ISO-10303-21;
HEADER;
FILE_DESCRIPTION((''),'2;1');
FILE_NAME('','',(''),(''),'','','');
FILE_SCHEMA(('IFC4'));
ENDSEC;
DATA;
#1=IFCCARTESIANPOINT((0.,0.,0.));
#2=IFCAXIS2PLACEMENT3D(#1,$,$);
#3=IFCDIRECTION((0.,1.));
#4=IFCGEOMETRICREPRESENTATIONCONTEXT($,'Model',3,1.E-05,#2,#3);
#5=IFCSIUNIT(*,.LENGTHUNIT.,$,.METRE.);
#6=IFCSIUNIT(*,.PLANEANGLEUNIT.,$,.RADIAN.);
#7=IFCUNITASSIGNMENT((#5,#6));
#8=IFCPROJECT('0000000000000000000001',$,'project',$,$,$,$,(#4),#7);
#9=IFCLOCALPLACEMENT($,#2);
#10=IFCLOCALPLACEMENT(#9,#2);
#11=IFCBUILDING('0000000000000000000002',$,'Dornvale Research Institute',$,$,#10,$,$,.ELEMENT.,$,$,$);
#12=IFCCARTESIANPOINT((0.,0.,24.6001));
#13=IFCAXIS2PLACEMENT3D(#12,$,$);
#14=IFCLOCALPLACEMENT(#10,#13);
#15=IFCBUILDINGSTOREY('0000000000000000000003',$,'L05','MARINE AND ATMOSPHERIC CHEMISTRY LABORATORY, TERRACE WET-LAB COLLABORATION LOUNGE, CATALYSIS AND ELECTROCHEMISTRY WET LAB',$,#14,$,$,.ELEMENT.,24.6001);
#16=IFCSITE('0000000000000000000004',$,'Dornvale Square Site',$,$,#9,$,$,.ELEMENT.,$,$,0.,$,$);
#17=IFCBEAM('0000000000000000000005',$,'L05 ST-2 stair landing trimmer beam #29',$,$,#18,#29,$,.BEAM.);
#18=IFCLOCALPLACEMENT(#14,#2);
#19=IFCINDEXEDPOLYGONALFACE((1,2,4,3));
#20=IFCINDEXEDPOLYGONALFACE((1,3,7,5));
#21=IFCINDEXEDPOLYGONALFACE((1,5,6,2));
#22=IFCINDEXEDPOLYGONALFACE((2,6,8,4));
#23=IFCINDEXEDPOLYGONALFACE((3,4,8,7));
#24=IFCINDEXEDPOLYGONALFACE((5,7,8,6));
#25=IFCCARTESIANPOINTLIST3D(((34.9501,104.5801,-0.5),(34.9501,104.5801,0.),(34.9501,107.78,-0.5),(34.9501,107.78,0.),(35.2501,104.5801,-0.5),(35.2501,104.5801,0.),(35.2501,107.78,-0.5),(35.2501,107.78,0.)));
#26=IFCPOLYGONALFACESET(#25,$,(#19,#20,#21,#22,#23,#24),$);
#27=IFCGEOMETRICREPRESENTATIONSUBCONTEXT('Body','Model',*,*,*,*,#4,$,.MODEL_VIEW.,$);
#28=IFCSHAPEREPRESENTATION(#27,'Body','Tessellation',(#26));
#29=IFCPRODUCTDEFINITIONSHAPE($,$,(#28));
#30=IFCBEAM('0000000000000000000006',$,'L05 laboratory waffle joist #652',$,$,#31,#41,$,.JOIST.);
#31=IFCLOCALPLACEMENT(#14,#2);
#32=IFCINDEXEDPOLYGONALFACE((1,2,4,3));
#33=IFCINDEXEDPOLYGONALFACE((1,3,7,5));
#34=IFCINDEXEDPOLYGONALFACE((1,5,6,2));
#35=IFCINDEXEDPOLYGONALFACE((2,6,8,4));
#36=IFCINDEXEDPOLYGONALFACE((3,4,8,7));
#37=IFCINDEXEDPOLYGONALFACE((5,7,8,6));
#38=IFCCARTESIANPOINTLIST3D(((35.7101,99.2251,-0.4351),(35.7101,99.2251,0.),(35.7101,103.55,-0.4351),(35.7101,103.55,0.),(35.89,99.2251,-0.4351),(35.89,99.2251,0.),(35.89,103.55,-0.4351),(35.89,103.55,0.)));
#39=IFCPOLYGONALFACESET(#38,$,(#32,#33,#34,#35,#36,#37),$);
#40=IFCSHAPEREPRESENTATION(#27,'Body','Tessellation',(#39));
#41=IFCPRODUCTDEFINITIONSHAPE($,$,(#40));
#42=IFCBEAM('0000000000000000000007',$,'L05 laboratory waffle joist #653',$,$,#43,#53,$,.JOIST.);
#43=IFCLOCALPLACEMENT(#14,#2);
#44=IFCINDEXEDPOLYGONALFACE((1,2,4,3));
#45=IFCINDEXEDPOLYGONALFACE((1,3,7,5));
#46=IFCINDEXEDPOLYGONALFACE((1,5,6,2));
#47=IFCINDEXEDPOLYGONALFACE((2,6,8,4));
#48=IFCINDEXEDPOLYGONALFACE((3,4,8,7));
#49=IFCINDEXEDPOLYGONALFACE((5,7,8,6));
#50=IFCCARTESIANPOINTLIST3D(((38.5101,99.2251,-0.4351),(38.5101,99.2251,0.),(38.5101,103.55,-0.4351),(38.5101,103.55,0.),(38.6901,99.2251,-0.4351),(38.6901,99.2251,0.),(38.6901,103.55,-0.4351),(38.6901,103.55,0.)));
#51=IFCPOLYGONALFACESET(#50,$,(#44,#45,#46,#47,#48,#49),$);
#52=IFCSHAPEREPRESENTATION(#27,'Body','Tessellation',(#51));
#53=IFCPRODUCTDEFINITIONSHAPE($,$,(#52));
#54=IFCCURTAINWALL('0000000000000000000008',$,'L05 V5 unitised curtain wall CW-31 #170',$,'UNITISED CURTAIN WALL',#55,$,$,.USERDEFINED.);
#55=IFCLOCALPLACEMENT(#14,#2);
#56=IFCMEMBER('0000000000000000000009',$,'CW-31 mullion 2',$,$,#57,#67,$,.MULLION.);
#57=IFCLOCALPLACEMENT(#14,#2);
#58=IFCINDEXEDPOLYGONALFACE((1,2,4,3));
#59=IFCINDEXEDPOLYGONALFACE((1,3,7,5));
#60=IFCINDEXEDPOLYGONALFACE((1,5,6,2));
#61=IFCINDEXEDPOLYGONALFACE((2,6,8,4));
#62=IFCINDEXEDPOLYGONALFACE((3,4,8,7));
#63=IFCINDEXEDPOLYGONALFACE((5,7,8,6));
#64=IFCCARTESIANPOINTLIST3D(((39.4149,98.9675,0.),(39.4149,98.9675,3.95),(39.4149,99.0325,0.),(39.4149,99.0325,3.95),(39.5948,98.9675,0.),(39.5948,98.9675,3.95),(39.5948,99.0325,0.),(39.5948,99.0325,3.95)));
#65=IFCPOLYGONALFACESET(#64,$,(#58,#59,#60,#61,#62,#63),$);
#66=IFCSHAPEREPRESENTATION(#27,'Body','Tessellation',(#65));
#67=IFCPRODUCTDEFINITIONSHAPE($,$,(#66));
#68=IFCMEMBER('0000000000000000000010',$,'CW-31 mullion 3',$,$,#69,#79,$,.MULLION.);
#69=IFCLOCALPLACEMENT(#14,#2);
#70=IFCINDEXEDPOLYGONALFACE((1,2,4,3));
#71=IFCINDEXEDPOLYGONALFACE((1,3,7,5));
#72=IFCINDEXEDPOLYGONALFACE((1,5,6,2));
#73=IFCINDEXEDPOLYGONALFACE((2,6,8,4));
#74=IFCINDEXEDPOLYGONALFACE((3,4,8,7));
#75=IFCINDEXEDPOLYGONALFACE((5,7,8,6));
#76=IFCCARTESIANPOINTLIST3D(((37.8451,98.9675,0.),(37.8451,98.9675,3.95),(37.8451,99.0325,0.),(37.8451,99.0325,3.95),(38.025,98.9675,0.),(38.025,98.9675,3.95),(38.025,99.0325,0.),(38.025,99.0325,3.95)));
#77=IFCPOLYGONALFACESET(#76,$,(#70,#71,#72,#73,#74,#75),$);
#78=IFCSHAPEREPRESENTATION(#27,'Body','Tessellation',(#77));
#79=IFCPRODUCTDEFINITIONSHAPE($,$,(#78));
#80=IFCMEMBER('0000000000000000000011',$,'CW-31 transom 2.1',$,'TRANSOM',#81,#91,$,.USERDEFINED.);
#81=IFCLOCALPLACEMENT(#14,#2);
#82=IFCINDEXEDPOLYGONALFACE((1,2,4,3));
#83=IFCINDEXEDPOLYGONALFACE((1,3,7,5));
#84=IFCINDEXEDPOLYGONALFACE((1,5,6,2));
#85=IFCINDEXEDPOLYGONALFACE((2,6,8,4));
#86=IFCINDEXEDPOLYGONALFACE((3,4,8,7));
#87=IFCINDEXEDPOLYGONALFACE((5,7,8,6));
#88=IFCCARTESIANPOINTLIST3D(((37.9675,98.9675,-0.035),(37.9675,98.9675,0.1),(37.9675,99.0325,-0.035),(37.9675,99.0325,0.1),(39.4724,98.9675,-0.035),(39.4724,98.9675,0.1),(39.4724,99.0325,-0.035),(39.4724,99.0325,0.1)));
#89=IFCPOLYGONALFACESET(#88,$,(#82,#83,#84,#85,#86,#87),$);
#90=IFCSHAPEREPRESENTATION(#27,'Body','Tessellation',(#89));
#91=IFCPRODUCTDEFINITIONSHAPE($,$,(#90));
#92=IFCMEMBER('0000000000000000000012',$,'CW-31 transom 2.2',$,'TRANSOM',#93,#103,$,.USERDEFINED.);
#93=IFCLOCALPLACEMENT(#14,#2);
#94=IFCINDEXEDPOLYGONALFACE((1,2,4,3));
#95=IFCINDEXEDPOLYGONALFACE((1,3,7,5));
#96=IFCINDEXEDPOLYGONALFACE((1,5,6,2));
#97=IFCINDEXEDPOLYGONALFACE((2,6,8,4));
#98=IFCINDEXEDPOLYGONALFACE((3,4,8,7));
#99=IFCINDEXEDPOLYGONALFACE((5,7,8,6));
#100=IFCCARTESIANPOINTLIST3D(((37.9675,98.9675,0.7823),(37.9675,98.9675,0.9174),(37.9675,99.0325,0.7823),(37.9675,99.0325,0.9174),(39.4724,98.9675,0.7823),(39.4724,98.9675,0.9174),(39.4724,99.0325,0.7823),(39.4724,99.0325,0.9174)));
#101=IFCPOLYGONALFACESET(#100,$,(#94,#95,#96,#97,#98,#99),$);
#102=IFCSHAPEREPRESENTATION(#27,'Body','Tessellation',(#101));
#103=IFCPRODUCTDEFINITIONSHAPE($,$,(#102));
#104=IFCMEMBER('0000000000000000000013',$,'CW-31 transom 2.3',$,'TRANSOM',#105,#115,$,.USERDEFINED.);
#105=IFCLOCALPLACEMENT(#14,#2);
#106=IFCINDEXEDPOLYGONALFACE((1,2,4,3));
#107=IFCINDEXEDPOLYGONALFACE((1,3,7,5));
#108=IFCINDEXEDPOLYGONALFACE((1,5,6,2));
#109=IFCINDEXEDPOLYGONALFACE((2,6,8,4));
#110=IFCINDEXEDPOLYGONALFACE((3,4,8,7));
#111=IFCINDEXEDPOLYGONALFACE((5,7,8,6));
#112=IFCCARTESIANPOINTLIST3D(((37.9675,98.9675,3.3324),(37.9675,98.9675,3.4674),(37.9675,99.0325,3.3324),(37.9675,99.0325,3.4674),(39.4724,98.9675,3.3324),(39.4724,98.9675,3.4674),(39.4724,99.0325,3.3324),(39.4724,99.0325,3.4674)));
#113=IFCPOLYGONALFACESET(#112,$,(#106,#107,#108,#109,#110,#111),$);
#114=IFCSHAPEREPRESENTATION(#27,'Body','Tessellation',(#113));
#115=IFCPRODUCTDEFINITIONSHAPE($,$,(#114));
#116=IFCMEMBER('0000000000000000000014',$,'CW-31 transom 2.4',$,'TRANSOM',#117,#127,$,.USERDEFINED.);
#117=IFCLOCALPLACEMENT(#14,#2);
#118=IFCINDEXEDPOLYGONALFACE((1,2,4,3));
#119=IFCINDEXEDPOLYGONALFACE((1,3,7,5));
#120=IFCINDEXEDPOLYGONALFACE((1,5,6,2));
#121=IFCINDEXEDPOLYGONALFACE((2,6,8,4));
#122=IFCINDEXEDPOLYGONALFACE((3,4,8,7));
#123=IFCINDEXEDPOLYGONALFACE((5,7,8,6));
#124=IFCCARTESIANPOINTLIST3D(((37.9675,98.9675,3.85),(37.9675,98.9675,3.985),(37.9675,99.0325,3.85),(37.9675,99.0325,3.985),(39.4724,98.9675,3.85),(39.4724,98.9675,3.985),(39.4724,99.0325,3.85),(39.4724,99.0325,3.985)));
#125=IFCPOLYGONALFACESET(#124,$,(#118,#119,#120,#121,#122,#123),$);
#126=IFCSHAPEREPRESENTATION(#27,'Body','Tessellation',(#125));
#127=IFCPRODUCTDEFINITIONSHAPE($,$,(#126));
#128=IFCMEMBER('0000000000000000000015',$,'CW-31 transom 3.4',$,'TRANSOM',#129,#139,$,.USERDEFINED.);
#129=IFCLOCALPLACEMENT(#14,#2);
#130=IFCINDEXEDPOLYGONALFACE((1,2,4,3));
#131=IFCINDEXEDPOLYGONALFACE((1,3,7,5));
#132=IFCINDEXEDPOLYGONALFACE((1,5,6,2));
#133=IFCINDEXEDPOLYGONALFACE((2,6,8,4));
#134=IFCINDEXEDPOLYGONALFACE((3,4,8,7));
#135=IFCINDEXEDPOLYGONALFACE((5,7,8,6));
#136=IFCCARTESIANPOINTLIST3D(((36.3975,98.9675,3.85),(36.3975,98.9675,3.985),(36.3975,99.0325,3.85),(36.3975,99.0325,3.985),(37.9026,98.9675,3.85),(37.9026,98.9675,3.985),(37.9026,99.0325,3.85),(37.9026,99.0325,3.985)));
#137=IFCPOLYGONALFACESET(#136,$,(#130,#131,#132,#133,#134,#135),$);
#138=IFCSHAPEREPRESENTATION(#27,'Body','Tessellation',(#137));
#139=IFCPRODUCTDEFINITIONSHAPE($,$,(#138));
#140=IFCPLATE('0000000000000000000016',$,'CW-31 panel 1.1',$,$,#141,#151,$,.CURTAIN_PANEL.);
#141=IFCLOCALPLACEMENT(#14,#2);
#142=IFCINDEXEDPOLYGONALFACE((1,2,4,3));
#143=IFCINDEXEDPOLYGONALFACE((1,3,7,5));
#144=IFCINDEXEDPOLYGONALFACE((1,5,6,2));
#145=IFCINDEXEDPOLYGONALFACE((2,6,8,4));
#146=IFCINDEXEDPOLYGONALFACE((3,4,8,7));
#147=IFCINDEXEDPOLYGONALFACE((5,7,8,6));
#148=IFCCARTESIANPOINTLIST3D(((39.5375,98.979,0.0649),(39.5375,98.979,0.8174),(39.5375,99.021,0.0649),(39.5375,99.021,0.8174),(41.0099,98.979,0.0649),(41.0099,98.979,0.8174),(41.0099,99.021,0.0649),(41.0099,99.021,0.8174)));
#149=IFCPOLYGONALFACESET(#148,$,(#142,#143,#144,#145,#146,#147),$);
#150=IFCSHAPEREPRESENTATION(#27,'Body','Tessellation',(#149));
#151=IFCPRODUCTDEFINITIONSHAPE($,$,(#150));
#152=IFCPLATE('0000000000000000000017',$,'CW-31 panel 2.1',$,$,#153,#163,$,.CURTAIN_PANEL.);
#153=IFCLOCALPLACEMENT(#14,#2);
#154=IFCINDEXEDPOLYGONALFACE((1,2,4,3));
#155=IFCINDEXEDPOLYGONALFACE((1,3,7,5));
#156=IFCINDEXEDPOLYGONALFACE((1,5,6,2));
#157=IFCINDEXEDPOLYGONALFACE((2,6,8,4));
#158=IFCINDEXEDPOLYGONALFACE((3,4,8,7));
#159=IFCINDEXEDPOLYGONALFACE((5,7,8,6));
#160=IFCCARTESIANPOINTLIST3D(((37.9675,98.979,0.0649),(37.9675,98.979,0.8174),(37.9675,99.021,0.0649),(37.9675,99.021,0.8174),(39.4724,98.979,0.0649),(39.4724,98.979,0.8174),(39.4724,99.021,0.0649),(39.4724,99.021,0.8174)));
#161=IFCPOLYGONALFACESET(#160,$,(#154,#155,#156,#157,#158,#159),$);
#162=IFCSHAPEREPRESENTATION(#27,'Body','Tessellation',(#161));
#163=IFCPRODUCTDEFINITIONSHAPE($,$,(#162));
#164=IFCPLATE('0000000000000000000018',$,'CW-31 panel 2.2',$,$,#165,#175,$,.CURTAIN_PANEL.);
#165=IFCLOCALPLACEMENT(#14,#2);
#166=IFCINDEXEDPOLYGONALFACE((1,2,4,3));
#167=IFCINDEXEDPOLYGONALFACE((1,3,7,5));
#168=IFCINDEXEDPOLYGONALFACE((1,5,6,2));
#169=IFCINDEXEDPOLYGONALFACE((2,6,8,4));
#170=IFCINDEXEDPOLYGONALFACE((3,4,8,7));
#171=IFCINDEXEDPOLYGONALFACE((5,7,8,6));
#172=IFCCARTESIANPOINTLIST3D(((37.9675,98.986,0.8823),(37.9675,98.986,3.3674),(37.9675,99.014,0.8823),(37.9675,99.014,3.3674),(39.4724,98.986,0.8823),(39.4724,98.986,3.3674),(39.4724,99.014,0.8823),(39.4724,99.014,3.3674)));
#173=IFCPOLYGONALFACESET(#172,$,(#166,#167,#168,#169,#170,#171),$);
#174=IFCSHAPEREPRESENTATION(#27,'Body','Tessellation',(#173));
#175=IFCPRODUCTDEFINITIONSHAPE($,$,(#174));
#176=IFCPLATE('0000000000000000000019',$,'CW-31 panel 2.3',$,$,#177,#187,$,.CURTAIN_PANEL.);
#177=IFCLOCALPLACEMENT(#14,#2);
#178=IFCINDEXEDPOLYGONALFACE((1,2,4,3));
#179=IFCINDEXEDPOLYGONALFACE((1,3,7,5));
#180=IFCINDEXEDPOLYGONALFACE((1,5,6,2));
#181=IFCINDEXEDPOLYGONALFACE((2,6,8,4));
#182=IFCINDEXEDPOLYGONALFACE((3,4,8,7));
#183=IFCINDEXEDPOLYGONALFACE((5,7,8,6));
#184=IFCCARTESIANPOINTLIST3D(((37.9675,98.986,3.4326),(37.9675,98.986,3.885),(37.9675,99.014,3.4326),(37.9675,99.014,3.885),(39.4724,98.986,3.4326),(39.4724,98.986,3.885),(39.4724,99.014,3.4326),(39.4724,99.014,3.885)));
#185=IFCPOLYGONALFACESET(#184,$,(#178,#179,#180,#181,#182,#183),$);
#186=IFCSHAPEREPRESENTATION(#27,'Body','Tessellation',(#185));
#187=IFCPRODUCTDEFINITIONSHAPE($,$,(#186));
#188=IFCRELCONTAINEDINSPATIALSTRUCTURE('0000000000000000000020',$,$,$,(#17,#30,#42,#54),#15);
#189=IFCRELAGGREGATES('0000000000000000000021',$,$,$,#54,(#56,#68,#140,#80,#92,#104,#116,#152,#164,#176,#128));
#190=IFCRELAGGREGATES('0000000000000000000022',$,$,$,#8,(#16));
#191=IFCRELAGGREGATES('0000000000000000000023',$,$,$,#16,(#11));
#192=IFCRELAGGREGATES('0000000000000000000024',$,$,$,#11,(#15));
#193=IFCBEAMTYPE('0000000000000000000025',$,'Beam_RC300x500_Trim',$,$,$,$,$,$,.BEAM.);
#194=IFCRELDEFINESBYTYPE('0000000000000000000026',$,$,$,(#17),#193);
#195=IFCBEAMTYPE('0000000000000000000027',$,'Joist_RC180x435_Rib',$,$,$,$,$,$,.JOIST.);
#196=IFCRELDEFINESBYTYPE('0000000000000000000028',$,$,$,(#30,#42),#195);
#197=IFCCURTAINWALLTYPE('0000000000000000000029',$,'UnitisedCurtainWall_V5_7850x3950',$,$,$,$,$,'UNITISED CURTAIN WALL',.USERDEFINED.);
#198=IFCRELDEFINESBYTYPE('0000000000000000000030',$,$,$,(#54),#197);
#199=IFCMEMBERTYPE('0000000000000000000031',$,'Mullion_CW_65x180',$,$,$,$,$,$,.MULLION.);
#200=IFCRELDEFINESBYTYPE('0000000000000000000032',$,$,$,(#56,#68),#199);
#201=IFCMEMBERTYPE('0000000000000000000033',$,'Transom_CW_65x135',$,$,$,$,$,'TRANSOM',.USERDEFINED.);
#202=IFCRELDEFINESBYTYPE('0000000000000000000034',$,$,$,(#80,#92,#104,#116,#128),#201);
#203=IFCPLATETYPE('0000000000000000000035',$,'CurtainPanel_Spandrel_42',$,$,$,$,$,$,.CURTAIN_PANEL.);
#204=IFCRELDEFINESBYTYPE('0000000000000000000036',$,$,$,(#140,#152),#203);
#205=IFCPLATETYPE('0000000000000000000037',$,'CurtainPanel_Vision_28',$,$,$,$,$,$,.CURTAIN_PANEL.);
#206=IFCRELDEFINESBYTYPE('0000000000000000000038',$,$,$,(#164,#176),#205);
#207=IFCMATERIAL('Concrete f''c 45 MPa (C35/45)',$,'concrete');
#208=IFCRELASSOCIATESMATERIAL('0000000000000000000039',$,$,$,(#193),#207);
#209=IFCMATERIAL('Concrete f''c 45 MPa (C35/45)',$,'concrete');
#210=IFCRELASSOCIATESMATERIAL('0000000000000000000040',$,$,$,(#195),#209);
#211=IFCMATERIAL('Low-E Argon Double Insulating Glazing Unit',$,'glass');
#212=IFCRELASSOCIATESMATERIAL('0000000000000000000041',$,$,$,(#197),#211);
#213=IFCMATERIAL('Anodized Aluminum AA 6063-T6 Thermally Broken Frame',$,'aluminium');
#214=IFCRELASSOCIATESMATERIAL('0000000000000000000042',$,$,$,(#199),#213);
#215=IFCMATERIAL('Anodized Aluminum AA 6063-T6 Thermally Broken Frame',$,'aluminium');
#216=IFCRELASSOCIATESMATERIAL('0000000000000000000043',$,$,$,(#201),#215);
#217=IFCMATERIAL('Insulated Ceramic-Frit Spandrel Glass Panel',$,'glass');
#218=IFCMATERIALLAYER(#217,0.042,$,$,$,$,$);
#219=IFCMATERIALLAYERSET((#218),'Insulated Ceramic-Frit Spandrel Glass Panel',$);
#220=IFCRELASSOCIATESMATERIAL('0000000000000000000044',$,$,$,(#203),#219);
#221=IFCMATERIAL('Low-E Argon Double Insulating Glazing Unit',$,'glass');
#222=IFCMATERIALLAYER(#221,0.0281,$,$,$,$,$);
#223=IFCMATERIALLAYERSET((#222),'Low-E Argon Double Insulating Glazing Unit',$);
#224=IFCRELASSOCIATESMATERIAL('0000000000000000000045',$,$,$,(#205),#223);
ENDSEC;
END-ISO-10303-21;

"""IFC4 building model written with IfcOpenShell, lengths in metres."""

from ifc_helpers import new_model, si_unit, direction, frame, origin, origin_2d, place, context, subcontext, project, spatial, rectangle, extrude, material, layer, layer_set, material_profile, profile_set, type_object, element, aggregate, save


model = new_model("IFC4")

# Units and contexts
model_context = context("Model", 3, precision=1e-05, world=origin(), true_north=direction((0.0, 1.0)))
body_context = subcontext(model_context, "Body", "Model", "MODEL_VIEW")
ifc_project = project(units=[si_unit("LENGTHUNIT", "METRE"), si_unit("PLANEANGLEUNIT", "RADIAN")], contexts=[model_context])

# Site, building, storey
site_placement = place(None, origin())
site = spatial("IfcSite", under=ifc_project, at=site_placement, Name="Dornvale Square Site", CompositionType="ELEMENT", RefElevation=0.0)
building_placement = place(site_placement, origin())
building = spatial("IfcBuilding", under=site, at=building_placement, Name="Dornvale Research Institute", CompositionType="ELEMENT")
storey_placement = place(building_placement, frame((0.0, 0.0, 24.6001)))
storey = spatial("IfcBuildingStorey", under=building, at=storey_placement, Name="L05", Description="MARINE AND ATMOSPHERIC CHEMISTRY LABORATORY, TERRACE WET-LAB COLLABORATION LOUNGE, CATALYSIS AND ELECTROCHEMISTRY WET LAB", CompositionType="ELEMENT", Elevation=24.6001)

# Beams
ifc_material_1 = material(Name="Concrete f'c 45 MPa (C35/45)", Category="concrete")
ifc_material_profile_1 = material_profile(ifc_material_1, rectangle(XDim=0.3, YDim=0.5, at=origin_2d()), Name="RC 300x500")
ifc_profile_set_1 = profile_set([ifc_material_profile_1], Name="Concrete f'c 45 MPa (C35/45)")
beam_type_1 = type_object("IfcBeamType", Name="Beam_RC300x500_Trim", PredefinedType="BEAM", material=ifc_profile_set_1)
beam_placement = place(storey_placement, frame((35.1001, 104.5801, -0.25), z_axis=(0.0, 1.0, 0.0), x_axis=(-1.0, 0.0, 0.0)))
element("IfcBeam", 1, at=beam_placement, inside=storey, type_object=beam_type_1, Name="L05 ST-2 stair landing trimmer beam #29", PredefinedType="BEAM", context=body_context, shape_type="SweptSolid", body=[
    extrude(rectangle(XDim=0.3, YDim=0.5, at=origin_2d()), origin(), (0.0, 0.0, 1.0), 3.2),
])
ifc_material_2 = material(Name="Concrete f'c 45 MPa (C35/45)", Category="concrete")
ifc_material_profile_2 = material_profile(ifc_material_2, rectangle(XDim=0.1799, YDim=0.4351, at=origin_2d()), Name="RC 180x435")
ifc_profile_set_2 = profile_set([ifc_material_profile_2], Name="Concrete f'c 45 MPa (C35/45)")
beam_type_2 = type_object("IfcBeamType", Name="Joist_RC180x435_Rib", PredefinedType="JOIST", material=ifc_profile_set_2)
for number, where, z_axis, x_axis, name in (
    (2, (35.8, 99.2251, -0.2175), (0.0, 1.0, 0.0), (-1.0, 0.0, 0.0), "L05 laboratory waffle joist #652"),
    (3, (38.6001, 99.2251, -0.2175), (0.0, 1.0, 0.0), (-1.0, 0.0, 0.0), "L05 laboratory waffle joist #653"),
):
    element("IfcBeam", number, at=place(storey_placement, frame(where, z_axis=z_axis, x_axis=x_axis)), inside=storey, type_object=beam_type_2, Name=name, PredefinedType="JOIST", context=body_context, shape_type="SweptSolid", body=[
        extrude(rectangle(XDim=0.1799, YDim=0.4351, at=origin_2d()), origin(), (0.0, 0.0, 1.0), 4.325),
    ])

# Curtain wall, members, plates
ifc_material_3 = material(Name="Low-E Argon Double Insulating Glazing Unit", Category="glass")
curtain_wall_type = type_object("IfcCurtainWallType", Name="UnitisedCurtainWall_V5_7850x3950", ElementType="UNITISED CURTAIN WALL", PredefinedType="USERDEFINED", material=ifc_material_3)
curtain_wall_placement = place(storey_placement, origin())
curtain_wall = element("IfcCurtainWall", 4, at=curtain_wall_placement, inside=storey, type_object=curtain_wall_type, Name="L05 V5 unitised curtain wall CW-31 #170", ObjectType="UNITISED CURTAIN WALL", PredefinedType="USERDEFINED")
ifc_material_4 = material(Name="Anodized Aluminum AA 6063-T6 Thermally Broken Frame", Category="aluminium")
ifc_material_profile_3 = material_profile(ifc_material_4, rectangle(XDim=0.0649, YDim=0.1799, at=origin_2d()), Name="ALU MULLION 65x180")
ifc_profile_set_3 = profile_set([ifc_material_profile_3], Name="Anodized Aluminum AA 6063-T6 Thermally Broken Frame")
member_type_1 = type_object("IfcMemberType", Name="Mullion_CW_65x180", PredefinedType="MULLION", material=ifc_profile_set_3)
member_1_placement = place(storey_placement, frame((39.5049, 99.0, 0.0), z_axis=(0.0, 0.0, 1.0), x_axis=(0.0, -1.0, 0.0)))
member_1 = element("IfcMember", 5, at=member_1_placement, type_object=member_type_1, Name="CW-31 mullion 2", PredefinedType="MULLION", context=body_context, shape_type="SweptSolid", body=[
    extrude(rectangle(XDim=0.0649, YDim=0.1799, at=origin_2d()), origin(), (0.0, 0.0, 1.0), 3.95),
])
member_2_placement = place(storey_placement, frame((37.9351, 99.0, 0.0), z_axis=(0.0, 0.0, 1.0), x_axis=(0.0, -1.0, 0.0)))
member_2 = element("IfcMember", 6, at=member_2_placement, type_object=member_type_1, Name="CW-31 mullion 3", PredefinedType="MULLION", context=body_context, shape_type="SweptSolid", body=[
    extrude(rectangle(XDim=0.0649, YDim=0.1799, at=origin_2d()), origin(), (0.0, 0.0, 1.0), 3.95),
])
ifc_material_5 = material(Name="Anodized Aluminum AA 6063-T6 Thermally Broken Frame", Category="aluminium")
ifc_material_profile_4 = material_profile(ifc_material_5, rectangle(XDim=0.0649, YDim=0.135, at=origin_2d()), Name="ALU TRANSOM 65x135")
ifc_profile_set_4 = profile_set([ifc_material_profile_4], Name="Anodized Aluminum AA 6063-T6 Thermally Broken Frame")
member_type_2 = type_object("IfcMemberType", Name="Transom_CW_65x135", ElementType="TRANSOM", PredefinedType="USERDEFINED", material=ifc_profile_set_4)
member_3_placement = place(storey_placement, frame((39.4724, 99.0, 0.0325), z_axis=(-1.0, 0.0, 0.0), x_axis=(0.0, -1.0, 0.0)))
member_3 = element("IfcMember", 7, at=member_3_placement, type_object=member_type_2, Name="CW-31 transom 2.1", ObjectType="TRANSOM", PredefinedType="USERDEFINED", context=body_context, shape_type="SweptSolid", body=[
    extrude(rectangle(XDim=0.0649, YDim=0.135, at=origin_2d()), origin(), (0.0, 0.0, 1.0), 1.5049),
])
member_4_placement = place(storey_placement, frame((39.4724, 99.0, 0.8499), z_axis=(-1.0, 0.0, 0.0), x_axis=(0.0, -1.0, 0.0)))
member_4 = element("IfcMember", 8, at=member_4_placement, type_object=member_type_2, Name="CW-31 transom 2.2", ObjectType="TRANSOM", PredefinedType="USERDEFINED", context=body_context, shape_type="SweptSolid", body=[
    extrude(rectangle(XDim=0.0649, YDim=0.135, at=origin_2d()), origin(), (0.0, 0.0, 1.0), 1.5049),
])
member_5_placement = place(storey_placement, frame((39.4724, 99.0, 3.3999), z_axis=(-1.0, 0.0, 0.0), x_axis=(0.0, -1.0, 0.0)))
member_5 = element("IfcMember", 9, at=member_5_placement, type_object=member_type_2, Name="CW-31 transom 2.3", ObjectType="TRANSOM", PredefinedType="USERDEFINED", context=body_context, shape_type="SweptSolid", body=[
    extrude(rectangle(XDim=0.0649, YDim=0.135, at=origin_2d()), origin(), (0.0, 0.0, 1.0), 1.5049),
])
member_6_placement = place(storey_placement, frame((39.4724, 99.0, 3.9175), z_axis=(-1.0, 0.0, 0.0), x_axis=(0.0, -1.0, 0.0)))
member_6 = element("IfcMember", 10, at=member_6_placement, type_object=member_type_2, Name="CW-31 transom 2.4", ObjectType="TRANSOM", PredefinedType="USERDEFINED", context=body_context, shape_type="SweptSolid", body=[
    extrude(rectangle(XDim=0.0649, YDim=0.135, at=origin_2d()), origin(), (0.0, 0.0, 1.0), 1.5049),
])
member_7_placement = place(storey_placement, frame((37.9026, 99.0, 3.9175), z_axis=(-1.0, 0.0, 0.0), x_axis=(0.0, -1.0, 0.0)))
member_7 = element("IfcMember", 11, at=member_7_placement, type_object=member_type_2, Name="CW-31 transom 3.4", ObjectType="TRANSOM", PredefinedType="USERDEFINED", context=body_context, shape_type="SweptSolid", body=[
    extrude(rectangle(XDim=0.0649, YDim=0.135, at=origin_2d()), origin(), (0.0, 0.0, 1.0), 1.5051),
])
ifc_material_6 = material(Name="Insulated Ceramic-Frit Spandrel Glass Panel", Category="glass")
ifc_layer_1 = layer(ifc_material_6, 0.042)
ifc_layer_set_1 = layer_set([ifc_layer_1], Name="Insulated Ceramic-Frit Spandrel Glass Panel")
plate_type_1 = type_object("IfcPlateType", Name="CurtainPanel_Spandrel_42", PredefinedType="CURTAIN_PANEL", material=ifc_layer_set_1)
plate_1_placement = place(storey_placement, frame((40.2737, 99.0, 0.0649), z_axis=(0.0, 0.0, 1.0), x_axis=(-1.0, 0.0, 0.0)))
plate_1 = element("IfcPlate", 12, at=plate_1_placement, type_object=plate_type_1, Name="CW-31 panel 1.1", PredefinedType="CURTAIN_PANEL", context=body_context, shape_type="SweptSolid", body=[
    extrude(rectangle(XDim=1.4724, YDim=0.042, at=origin_2d()), origin(), (0.0, 0.0, 1.0), 0.7524),
])
plate_2_placement = place(storey_placement, frame((38.72, 99.0, 0.0649), z_axis=(0.0, 0.0, 1.0), x_axis=(-1.0, 0.0, 0.0)))
plate_2 = element("IfcPlate", 13, at=plate_2_placement, type_object=plate_type_1, Name="CW-31 panel 2.1", PredefinedType="CURTAIN_PANEL", context=body_context, shape_type="SweptSolid", body=[
    extrude(rectangle(XDim=1.5049, YDim=0.042, at=origin_2d()), origin(), (0.0, 0.0, 1.0), 0.7524),
])
ifc_material_7 = material(Name="Low-E Argon Double Insulating Glazing Unit", Category="glass")
ifc_layer_2 = layer(ifc_material_7, 0.0281)
ifc_layer_set_2 = layer_set([ifc_layer_2], Name="Low-E Argon Double Insulating Glazing Unit")
plate_type_2 = type_object("IfcPlateType", Name="CurtainPanel_Vision_28", PredefinedType="CURTAIN_PANEL", material=ifc_layer_set_2)
plate_3_placement = place(storey_placement, frame((38.72, 99.0, 0.8823), z_axis=(0.0, 0.0, 1.0), x_axis=(-1.0, 0.0, 0.0)))
plate_3 = element("IfcPlate", 14, at=plate_3_placement, type_object=plate_type_2, Name="CW-31 panel 2.2", PredefinedType="CURTAIN_PANEL", context=body_context, shape_type="SweptSolid", body=[
    extrude(rectangle(XDim=1.5049, YDim=0.0281, at=origin_2d()), origin(), (0.0, 0.0, 1.0), 2.4851),
])
plate_4_placement = place(storey_placement, frame((38.72, 99.0, 3.4326), z_axis=(0.0, 0.0, 1.0), x_axis=(-1.0, 0.0, 0.0)))
plate_4 = element("IfcPlate", 15, at=plate_4_placement, type_object=plate_type_2, Name="CW-31 panel 2.3", PredefinedType="CURTAIN_PANEL", context=body_context, shape_type="SweptSolid", body=[
    extrude(rectangle(XDim=1.5049, YDim=0.0281, at=origin_2d()), origin(), (0.0, 0.0, 1.0), 0.4524),
])
aggregate(curtain_wall, [member_1, member_2, plate_1, member_3, member_4, member_5, member_6, plate_2, plate_3, plate_4, member_7])

save(model, "model.ifc")
